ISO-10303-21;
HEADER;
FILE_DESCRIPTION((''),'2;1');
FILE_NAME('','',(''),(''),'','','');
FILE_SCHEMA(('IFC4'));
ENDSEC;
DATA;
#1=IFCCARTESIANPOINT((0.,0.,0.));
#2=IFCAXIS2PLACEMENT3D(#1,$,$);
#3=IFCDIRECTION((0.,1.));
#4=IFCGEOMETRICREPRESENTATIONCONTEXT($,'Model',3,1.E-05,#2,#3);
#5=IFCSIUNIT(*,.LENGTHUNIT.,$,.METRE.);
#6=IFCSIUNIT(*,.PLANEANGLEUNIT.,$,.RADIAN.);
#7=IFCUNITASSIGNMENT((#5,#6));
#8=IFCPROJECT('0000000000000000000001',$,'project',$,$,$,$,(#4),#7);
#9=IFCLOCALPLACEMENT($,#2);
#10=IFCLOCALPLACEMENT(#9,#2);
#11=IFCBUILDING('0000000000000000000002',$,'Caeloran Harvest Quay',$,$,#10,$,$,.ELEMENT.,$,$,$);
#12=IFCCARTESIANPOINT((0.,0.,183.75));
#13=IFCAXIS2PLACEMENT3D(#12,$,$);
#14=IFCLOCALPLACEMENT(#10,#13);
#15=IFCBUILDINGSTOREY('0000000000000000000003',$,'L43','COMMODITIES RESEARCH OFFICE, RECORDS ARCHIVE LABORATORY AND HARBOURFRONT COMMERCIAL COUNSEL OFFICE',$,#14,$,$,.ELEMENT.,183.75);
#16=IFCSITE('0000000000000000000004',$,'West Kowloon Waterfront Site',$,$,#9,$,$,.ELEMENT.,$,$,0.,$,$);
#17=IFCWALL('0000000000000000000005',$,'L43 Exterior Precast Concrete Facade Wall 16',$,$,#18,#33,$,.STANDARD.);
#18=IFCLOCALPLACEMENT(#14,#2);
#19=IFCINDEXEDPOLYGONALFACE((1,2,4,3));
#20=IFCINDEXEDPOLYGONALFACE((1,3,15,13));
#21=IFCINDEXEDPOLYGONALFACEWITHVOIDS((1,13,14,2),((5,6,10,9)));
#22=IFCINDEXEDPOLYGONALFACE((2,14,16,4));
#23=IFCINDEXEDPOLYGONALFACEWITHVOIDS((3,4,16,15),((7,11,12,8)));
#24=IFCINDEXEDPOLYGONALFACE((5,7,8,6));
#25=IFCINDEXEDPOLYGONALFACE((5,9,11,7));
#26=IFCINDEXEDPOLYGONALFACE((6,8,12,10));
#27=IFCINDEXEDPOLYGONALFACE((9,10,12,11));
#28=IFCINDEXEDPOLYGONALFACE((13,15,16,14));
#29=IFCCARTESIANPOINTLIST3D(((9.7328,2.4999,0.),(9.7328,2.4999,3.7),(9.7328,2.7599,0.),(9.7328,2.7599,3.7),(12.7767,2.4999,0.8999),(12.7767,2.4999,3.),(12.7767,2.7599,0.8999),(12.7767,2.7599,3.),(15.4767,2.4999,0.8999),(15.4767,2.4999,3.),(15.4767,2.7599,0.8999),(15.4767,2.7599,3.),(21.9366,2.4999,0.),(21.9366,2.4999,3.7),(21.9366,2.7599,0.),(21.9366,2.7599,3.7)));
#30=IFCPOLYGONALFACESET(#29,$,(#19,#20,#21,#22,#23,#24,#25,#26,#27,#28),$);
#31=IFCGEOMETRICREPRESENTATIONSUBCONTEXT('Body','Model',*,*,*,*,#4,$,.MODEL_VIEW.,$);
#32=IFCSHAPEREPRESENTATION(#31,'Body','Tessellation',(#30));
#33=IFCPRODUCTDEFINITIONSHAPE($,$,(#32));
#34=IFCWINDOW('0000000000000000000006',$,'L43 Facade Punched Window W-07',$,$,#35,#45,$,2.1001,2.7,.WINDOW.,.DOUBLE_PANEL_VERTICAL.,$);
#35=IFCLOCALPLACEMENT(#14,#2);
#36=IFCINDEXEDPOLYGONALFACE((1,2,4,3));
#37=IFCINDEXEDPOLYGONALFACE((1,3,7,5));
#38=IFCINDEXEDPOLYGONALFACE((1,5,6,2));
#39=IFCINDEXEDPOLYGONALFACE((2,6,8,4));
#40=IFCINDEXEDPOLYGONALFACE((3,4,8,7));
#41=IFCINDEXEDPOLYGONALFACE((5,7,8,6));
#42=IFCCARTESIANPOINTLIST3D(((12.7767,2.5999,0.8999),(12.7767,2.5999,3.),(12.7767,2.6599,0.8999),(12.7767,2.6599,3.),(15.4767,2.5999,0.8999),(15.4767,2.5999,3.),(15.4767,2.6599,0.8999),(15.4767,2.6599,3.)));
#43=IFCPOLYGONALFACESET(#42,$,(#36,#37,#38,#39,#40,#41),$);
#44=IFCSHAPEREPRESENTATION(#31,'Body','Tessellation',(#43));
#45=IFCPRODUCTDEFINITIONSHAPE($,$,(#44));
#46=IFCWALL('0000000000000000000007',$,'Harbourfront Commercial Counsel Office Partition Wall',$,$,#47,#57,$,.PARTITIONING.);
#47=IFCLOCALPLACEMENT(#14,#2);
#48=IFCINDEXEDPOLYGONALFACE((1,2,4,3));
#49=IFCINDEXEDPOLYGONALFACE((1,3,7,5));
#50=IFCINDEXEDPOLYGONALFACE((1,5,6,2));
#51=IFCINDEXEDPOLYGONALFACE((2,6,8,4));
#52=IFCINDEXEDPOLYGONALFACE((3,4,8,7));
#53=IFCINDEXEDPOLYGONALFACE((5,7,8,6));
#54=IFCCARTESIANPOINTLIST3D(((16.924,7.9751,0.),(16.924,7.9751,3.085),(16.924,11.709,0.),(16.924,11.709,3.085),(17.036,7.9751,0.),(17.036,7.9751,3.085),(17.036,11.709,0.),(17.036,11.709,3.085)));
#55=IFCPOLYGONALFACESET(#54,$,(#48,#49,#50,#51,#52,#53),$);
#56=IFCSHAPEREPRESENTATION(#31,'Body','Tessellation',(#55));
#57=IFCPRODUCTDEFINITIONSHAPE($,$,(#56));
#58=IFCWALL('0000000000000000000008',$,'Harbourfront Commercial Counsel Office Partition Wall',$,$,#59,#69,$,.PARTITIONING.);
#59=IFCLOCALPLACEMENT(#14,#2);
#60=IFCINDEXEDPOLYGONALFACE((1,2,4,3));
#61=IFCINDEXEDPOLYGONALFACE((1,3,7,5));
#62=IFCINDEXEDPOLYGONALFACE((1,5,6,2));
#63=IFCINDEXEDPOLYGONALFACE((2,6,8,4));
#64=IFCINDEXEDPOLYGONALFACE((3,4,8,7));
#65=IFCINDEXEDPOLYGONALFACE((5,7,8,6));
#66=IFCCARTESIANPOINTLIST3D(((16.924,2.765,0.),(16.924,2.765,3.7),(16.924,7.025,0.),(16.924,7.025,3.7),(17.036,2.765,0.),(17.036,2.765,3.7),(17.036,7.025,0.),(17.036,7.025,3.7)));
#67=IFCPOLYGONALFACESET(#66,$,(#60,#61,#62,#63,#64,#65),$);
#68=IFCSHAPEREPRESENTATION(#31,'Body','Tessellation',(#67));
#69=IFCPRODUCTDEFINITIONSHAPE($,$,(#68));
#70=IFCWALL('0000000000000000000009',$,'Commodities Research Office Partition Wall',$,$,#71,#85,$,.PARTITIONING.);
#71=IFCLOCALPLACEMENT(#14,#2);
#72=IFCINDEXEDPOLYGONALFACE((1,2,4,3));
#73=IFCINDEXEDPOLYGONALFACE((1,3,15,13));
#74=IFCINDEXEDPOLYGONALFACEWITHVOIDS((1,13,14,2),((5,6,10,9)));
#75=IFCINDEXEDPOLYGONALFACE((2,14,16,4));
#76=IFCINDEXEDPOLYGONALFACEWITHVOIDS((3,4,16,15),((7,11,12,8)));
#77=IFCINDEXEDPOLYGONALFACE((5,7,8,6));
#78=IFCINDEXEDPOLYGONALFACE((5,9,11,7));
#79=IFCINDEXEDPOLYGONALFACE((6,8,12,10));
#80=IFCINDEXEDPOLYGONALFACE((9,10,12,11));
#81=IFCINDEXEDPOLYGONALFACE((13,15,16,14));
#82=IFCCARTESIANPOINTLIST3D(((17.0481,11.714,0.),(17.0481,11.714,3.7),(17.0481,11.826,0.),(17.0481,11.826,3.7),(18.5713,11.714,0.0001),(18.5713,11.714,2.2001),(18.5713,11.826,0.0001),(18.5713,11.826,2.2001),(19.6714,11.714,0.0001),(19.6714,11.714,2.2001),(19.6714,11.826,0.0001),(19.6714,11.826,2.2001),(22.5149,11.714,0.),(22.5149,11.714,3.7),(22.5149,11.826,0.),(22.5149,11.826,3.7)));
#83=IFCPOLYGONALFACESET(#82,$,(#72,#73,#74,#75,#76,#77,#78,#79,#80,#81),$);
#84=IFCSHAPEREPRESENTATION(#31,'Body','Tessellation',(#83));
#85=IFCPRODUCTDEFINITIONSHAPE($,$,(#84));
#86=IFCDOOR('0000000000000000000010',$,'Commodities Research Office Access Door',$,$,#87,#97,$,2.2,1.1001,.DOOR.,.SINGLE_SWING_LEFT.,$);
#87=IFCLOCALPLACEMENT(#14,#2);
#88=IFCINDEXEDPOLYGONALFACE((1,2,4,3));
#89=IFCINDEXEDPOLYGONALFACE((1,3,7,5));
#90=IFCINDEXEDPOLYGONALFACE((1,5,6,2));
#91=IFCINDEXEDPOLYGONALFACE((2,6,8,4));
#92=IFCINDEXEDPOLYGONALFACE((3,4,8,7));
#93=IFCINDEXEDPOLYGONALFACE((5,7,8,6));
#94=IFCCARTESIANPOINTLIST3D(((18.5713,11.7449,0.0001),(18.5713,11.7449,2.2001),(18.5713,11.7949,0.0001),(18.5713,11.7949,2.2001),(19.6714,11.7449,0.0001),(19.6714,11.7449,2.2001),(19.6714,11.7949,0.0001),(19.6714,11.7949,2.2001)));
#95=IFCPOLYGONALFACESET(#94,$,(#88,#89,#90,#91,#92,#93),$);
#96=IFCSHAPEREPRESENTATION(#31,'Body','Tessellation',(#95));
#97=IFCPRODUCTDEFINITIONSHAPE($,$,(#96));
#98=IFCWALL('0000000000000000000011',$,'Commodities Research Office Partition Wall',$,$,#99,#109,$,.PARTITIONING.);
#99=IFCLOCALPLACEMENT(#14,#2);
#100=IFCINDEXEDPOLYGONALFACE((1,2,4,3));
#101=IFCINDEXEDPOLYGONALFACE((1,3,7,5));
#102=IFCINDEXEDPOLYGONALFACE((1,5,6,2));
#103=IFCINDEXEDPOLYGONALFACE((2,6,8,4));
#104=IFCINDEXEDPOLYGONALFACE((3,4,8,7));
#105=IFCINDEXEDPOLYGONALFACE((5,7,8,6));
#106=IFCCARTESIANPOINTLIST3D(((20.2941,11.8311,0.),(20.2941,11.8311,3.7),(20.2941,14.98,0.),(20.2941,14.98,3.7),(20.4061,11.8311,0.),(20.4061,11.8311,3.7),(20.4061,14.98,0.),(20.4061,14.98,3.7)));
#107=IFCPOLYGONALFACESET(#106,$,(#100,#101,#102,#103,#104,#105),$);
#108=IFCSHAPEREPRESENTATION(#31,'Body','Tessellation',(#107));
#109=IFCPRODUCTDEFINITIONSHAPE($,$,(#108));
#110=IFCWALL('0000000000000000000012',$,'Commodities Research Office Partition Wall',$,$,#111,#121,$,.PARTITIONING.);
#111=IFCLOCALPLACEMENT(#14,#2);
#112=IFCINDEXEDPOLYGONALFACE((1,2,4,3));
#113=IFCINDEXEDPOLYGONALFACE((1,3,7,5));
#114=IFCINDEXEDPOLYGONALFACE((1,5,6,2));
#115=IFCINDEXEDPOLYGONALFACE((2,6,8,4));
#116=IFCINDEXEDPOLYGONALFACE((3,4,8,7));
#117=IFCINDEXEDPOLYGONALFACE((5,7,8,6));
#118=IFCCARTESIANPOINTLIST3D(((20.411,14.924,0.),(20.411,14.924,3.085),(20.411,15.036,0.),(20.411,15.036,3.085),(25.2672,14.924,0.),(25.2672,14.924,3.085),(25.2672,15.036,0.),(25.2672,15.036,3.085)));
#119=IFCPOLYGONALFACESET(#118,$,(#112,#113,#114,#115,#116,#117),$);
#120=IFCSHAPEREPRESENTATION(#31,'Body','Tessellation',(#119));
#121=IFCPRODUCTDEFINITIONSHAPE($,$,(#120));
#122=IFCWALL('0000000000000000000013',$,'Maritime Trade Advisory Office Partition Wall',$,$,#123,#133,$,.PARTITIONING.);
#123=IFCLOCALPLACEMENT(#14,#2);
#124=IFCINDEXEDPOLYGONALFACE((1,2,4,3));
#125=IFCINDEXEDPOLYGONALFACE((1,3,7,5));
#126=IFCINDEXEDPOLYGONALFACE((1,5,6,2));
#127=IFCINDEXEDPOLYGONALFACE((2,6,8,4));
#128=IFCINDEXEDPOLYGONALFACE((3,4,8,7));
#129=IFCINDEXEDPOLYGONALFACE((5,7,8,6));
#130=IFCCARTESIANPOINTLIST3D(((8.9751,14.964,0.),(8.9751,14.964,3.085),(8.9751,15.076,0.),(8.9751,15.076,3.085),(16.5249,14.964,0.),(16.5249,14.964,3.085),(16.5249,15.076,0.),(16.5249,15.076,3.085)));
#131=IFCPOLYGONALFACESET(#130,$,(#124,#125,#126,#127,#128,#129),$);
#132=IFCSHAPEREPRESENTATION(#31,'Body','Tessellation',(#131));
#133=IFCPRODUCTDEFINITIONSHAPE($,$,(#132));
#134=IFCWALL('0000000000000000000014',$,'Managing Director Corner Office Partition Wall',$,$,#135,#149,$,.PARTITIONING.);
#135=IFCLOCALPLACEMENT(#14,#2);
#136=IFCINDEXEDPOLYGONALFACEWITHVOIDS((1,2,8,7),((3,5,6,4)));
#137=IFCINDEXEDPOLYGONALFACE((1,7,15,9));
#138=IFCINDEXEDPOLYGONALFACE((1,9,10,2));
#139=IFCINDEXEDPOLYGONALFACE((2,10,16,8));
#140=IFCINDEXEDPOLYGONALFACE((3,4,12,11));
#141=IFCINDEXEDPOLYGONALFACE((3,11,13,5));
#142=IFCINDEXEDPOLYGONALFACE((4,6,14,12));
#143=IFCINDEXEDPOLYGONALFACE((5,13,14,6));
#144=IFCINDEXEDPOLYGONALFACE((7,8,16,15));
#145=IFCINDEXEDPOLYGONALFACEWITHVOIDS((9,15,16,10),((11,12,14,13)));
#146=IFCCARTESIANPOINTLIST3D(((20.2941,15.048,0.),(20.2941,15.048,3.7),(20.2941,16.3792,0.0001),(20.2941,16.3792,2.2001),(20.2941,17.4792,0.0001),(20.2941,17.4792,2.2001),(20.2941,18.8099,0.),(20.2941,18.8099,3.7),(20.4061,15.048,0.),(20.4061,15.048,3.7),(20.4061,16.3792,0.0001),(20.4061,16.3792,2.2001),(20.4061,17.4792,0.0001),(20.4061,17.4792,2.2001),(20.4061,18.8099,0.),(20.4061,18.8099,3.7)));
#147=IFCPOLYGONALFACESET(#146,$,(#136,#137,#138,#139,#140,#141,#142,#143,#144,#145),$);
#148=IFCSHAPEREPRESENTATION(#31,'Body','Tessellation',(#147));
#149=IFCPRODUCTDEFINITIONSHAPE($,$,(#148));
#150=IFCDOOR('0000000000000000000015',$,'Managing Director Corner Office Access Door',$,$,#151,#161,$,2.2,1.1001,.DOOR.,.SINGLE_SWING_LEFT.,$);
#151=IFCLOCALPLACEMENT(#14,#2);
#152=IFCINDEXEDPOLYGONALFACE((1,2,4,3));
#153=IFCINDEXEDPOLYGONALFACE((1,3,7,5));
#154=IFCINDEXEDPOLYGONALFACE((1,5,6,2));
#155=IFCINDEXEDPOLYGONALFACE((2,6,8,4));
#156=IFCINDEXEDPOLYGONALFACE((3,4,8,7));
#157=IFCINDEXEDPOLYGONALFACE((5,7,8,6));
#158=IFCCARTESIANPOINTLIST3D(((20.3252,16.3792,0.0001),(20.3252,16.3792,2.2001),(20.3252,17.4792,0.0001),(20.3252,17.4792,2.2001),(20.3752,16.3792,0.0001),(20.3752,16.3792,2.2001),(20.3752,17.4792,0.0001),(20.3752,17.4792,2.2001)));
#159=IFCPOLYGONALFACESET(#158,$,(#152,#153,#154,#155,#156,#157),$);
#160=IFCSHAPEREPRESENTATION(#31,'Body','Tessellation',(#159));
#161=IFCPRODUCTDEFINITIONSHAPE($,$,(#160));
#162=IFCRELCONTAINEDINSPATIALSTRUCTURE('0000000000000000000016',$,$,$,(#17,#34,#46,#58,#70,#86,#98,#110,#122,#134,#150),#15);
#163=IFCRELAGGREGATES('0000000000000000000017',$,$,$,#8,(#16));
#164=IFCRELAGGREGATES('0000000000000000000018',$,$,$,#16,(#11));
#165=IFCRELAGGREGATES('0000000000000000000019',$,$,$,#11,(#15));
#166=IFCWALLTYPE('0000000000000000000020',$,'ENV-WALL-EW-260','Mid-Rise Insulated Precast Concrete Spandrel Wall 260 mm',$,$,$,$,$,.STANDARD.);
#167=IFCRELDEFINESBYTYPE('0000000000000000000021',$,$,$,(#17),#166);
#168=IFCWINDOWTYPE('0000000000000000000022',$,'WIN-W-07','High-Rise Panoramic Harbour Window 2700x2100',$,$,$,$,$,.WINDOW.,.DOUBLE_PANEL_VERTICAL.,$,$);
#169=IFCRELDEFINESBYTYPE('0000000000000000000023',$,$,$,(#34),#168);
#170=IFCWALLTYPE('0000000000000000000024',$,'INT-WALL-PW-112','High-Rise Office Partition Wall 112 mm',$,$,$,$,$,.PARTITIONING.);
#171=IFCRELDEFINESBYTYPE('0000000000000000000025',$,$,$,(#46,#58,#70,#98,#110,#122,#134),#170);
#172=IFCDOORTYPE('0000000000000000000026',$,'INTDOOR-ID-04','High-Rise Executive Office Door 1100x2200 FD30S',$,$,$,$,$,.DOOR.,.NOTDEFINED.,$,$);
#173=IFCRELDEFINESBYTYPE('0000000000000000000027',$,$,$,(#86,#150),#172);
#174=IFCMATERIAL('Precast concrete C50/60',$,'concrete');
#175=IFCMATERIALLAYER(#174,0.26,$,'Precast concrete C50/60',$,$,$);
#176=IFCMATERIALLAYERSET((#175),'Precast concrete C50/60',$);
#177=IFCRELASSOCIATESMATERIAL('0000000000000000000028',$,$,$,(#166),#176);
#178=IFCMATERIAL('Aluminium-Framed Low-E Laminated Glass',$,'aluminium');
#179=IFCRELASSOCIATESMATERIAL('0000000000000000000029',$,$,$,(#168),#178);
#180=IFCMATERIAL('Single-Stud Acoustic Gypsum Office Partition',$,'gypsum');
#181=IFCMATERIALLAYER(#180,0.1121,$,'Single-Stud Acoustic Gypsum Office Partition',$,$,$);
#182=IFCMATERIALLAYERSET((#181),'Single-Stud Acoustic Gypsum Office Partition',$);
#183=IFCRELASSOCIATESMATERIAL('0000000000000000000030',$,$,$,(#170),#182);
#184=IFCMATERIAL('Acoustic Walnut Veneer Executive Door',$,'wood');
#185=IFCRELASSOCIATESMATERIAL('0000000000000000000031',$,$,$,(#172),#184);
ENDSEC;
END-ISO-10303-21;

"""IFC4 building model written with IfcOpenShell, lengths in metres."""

from ifc_helpers import new_model, si_unit, direction, frame, frame_2d, origin, place, context, subcontext, project, spatial, rectangle, extrude, material, layer, layer_set, type_object, element, fill, save


model = new_model("IFC4")

# Units and contexts
model_context = context("Model", 3, precision=1e-05, world=origin(), true_north=direction((0.0, 1.0)))
body_context = subcontext(model_context, "Body", "Model", "MODEL_VIEW")
ifc_project = project(units=[si_unit("LENGTHUNIT", "METRE"), si_unit("PLANEANGLEUNIT", "RADIAN")], contexts=[model_context])

# Site, building, storey
site_placement = place(None, origin())
site = spatial("IfcSite", under=ifc_project, at=site_placement, Name="West Kowloon Waterfront Site", CompositionType="ELEMENT", RefElevation=0.0)
building_placement = place(site_placement, origin())
building = spatial("IfcBuilding", under=site, at=building_placement, Name="Caeloran Harvest Quay", CompositionType="ELEMENT")
storey_placement = place(building_placement, frame((0.0, 0.0, 183.75)))
storey = spatial("IfcBuildingStorey", under=building, at=storey_placement, Name="L43", Description="COMMODITIES RESEARCH OFFICE, RECORDS ARCHIVE LABORATORY AND HARBOURFRONT COMMERCIAL COUNSEL OFFICE", CompositionType="ELEMENT", Elevation=183.75)

# Shared definitions
ifc_material_1 = material(Name="Precast concrete C50/60", Category="concrete")
ifc_layer_1 = layer(ifc_material_1, 0.26, Name="Precast concrete C50/60")
ifc_layer_set_1 = layer_set([ifc_layer_1], Name="Precast concrete C50/60")
wall_type_1 = type_object("IfcWallType", Name="ENV-WALL-EW-260", Description="Mid-Rise Insulated Precast Concrete Spandrel Wall 260 mm", PredefinedType="STANDARD", material=ifc_layer_set_1)

# Wall, opening, window
wall_1_placement = place(storey_placement, frame((21.9368, 2.6299, 0.0), z_axis=(0.0, 0.0, 1.0), x_axis=(-1.0, 0.0, 0.0)))
wall_1 = element("IfcWall", 1, at=wall_1_placement, inside=storey, type_object=wall_type_1, Name="L43 Exterior Precast Concrete Facade Wall 16", PredefinedType="STANDARD", context=body_context, shape_type="SweptSolid", body=[
    extrude(rectangle(XDim=12.2039, YDim=0.26, at=frame_2d((6.1021, 0.0))), origin(), (0.0, 0.0, 1.0), 3.7),
])
opening_1_placement = place(wall_1_placement, frame((6.46, 0.0, 0.8999)))
opening_1 = element("IfcOpeningElement", 2, at=opening_1_placement, cuts=wall_1, PredefinedType="OPENING", context=body_context, shape_type="SweptSolid", body=[
    extrude(rectangle(XDim=2.7, YDim=2.1001, at=frame_2d((1.3501, 1.05))), frame((0.0, 0.1401, 0.0), z_axis=(0.0, -1.0, 0.0), x_axis=(1.0, 0.0, 0.0)), (0.0, 0.0, 1.0), 0.28),
])
ifc_material_2 = material(Name="Aluminium-Framed Low-E Laminated Glass", Category="aluminium")
window_type = type_object("IfcWindowType", Name="WIN-W-07", Description="High-Rise Panoramic Harbour Window 2700x2100", PartitioningType="DOUBLE_PANEL_VERTICAL", PredefinedType="WINDOW", material=ifc_material_2)
window_placement = place(opening_1_placement, origin())
window = element("IfcWindow", 3, at=window_placement, inside=storey, type_object=window_type, Name="L43 Facade Punched Window W-07", OverallHeight=2.1001, OverallWidth=2.7, PartitioningType="DOUBLE_PANEL_VERTICAL", PredefinedType="WINDOW", context=body_context, shape_type="SweptSolid", body=[
    extrude(rectangle(XDim=2.7, YDim=2.1001, at=frame_2d((1.3501, 1.05))), frame((0.0, 0.03, 0.0), z_axis=(0.0, -1.0, 0.0), x_axis=(1.0, 0.0, 0.0)), (0.0, 0.0, 1.0), 0.0601),
])
fill(opening_1, window)

# Walls
ifc_material_3 = material(Name="Single-Stud Acoustic Gypsum Office Partition", Category="gypsum")
ifc_layer_2 = layer(ifc_material_3, 0.1121, Name="Single-Stud Acoustic Gypsum Office Partition")
ifc_layer_set_2 = layer_set([ifc_layer_2], Name="Single-Stud Acoustic Gypsum Office Partition")
wall_type_2 = type_object("IfcWallType", Name="INT-WALL-PW-112", Description="High-Rise Office Partition Wall 112 mm", PredefinedType="PARTITIONING", material=ifc_layer_set_2)
wall_2_placement = place(storey_placement, frame((16.98, 11.709, 0.0), z_axis=(0.0, 0.0, 1.0), x_axis=(0.0, -1.0, 0.0)))
element("IfcWall", 4, at=wall_2_placement, inside=storey, type_object=wall_type_2, Name="Harbourfront Commercial Counsel Office Partition Wall", PredefinedType="PARTITIONING", context=body_context, shape_type="SweptSolid", body=[
    extrude(rectangle(XDim=3.7339, YDim=0.1121, at=frame_2d((1.8669, 0.0))), origin(), (0.0, 0.0, 1.0), 3.085),
])
wall_3_placement = place(storey_placement, frame((16.98, 7.0249, 0.0), z_axis=(0.0, 0.0, 1.0), x_axis=(0.0, -1.0, 0.0)))
element("IfcWall", 5, at=wall_3_placement, inside=storey, type_object=wall_type_2, Name="Harbourfront Commercial Counsel Office Partition Wall", PredefinedType="PARTITIONING", context=body_context, shape_type="SweptSolid", body=[
    extrude(rectangle(XDim=4.26, YDim=0.1121, at=frame_2d((2.1299, 0.0))), origin(), (0.0, 0.0, 1.0), 3.7),
])

# Wall, opening, door
wall_4_placement = place(storey_placement, frame((17.0481, 11.77, 0.0), z_axis=(0.0, 0.0, 1.0), x_axis=(1.0, 0.0, 0.0)))
wall_4 = element("IfcWall", 6, at=wall_4_placement, inside=storey, type_object=wall_type_2, Name="Commodities Research Office Partition Wall", PredefinedType="PARTITIONING", context=body_context, shape_type="SweptSolid", body=[
    extrude(rectangle(XDim=5.4668, YDim=0.1121, at=frame_2d((2.7334, 0.0))), origin(), (0.0, 0.0, 1.0), 3.7),
])
opening_2_placement = place(wall_4_placement, frame((1.5232, 0.0, 0.0)))
opening_2 = element("IfcOpeningElement", 7, at=opening_2_placement, cuts=wall_4, PredefinedType="OPENING", context=body_context, shape_type="SweptSolid", body=[
    extrude(rectangle(XDim=1.1001, YDim=2.2, at=frame_2d((0.55, 1.1001))), frame((0.0, 0.0659, 0.0), z_axis=(0.0, -1.0, 0.0), x_axis=(1.0, 0.0, 0.0)), (0.0, 0.0, 1.0), 0.1321),
])
ifc_material_4 = material(Name="Acoustic Walnut Veneer Executive Door", Category="wood")
door_type = type_object("IfcDoorType", Name="INTDOOR-ID-04", Description="High-Rise Executive Office Door 1100x2200 FD30S", OperationType="NOTDEFINED", PredefinedType="DOOR", material=ifc_material_4)
door_1_placement = place(opening_2_placement, origin())
door_1 = element("IfcDoor", 8, at=door_1_placement, inside=storey, type_object=door_type, Name="Commodities Research Office Access Door", OperationType="SINGLE_SWING_LEFT", OverallHeight=2.2, OverallWidth=1.1001, PredefinedType="DOOR", context=body_context, shape_type="SweptSolid", body=[
    extrude(rectangle(XDim=1.1001, YDim=2.2, at=frame_2d((0.55, 1.1001))), frame((0.0, 0.0249, 0.0), z_axis=(0.0, -1.0, 0.0), x_axis=(1.0, 0.0, 0.0)), (0.0, 0.0, 1.0), 0.05),
])
fill(opening_2, door_1)

# Walls
wall_5_placement = place(storey_placement, frame((20.3501, 11.8311, 0.0), z_axis=(0.0, 0.0, 1.0), x_axis=(0.0, 1.0, 0.0)))
element("IfcWall", 9, at=wall_5_placement, inside=storey, type_object=wall_type_2, Name="Commodities Research Office Partition Wall", PredefinedType="PARTITIONING", context=body_context, shape_type="SweptSolid", body=[
    extrude(rectangle(XDim=3.1489, YDim=0.1121, at=frame_2d((1.5745, 0.0))), origin(), (0.0, 0.0, 1.0), 3.7),
])
wall_6_placement = place(storey_placement, frame((20.4109, 14.98, 0.0), z_axis=(0.0, 0.0, 1.0), x_axis=(1.0, 0.0, 0.0)))
element("IfcWall", 10, at=wall_6_placement, inside=storey, type_object=wall_type_2, Name="Commodities Research Office Partition Wall", PredefinedType="PARTITIONING", context=body_context, shape_type="SweptSolid", body=[
    extrude(rectangle(XDim=4.8562, YDim=0.1121, at=frame_2d((2.4282, 0.0))), origin(), (0.0, 0.0, 1.0), 3.085),
])
wall_7_placement = place(storey_placement, frame((16.5249, 15.02, 0.0), z_axis=(0.0, 0.0, 1.0), x_axis=(-1.0, 0.0, 0.0)))
element("IfcWall", 11, at=wall_7_placement, inside=storey, type_object=wall_type_2, Name="Maritime Trade Advisory Office Partition Wall", PredefinedType="PARTITIONING", context=body_context, shape_type="SweptSolid", body=[
    extrude(rectangle(XDim=7.5498, YDim=0.1121, at=frame_2d((3.7749, 0.0))), origin(), (0.0, 0.0, 1.0), 3.085),
])

# Wall, opening, door
wall_8_placement = place(storey_placement, frame((20.3501, 15.0481, 0.0), z_axis=(0.0, 0.0, 1.0), x_axis=(0.0, 1.0, 0.0)))
wall_8 = element("IfcWall", 12, at=wall_8_placement, inside=storey, type_object=wall_type_2, Name="Managing Director Corner Office Partition Wall", PredefinedType="PARTITIONING", context=body_context, shape_type="SweptSolid", body=[
    extrude(rectangle(XDim=3.762, YDim=0.1121, at=frame_2d((1.8809, 0.0))), origin(), (0.0, 0.0, 1.0), 3.7),
])
opening_3_placement = place(wall_8_placement, frame((1.3311, 0.0, 0.0)))
opening_3 = element("IfcOpeningElement", 13, at=opening_3_placement, cuts=wall_8, PredefinedType="OPENING", context=body_context, shape_type="SweptSolid", body=[
    extrude(rectangle(XDim=1.1001, YDim=2.2, at=frame_2d((0.55, 1.1001))), frame((0.0, 0.0659, 0.0), z_axis=(0.0, -1.0, 0.0), x_axis=(1.0, 0.0, 0.0)), (0.0, 0.0, 1.0), 0.1321),
])
door_2_placement = place(opening_3_placement, origin())
door_2 = element("IfcDoor", 14, at=door_2_placement, inside=storey, type_object=door_type, Name="Managing Director Corner Office Access Door", OperationType="SINGLE_SWING_LEFT", OverallHeight=2.2, OverallWidth=1.1001, PredefinedType="DOOR", context=body_context, shape_type="SweptSolid", body=[
    extrude(rectangle(XDim=1.1001, YDim=2.2, at=frame_2d((0.55, 1.1001))), frame((0.0, 0.0249, 0.0), z_axis=(0.0, -1.0, 0.0), x_axis=(1.0, 0.0, 0.0)), (0.0, 0.0, 1.0), 0.05),
])
fill(opening_3, door_2)

save(model, "model.ifc")
